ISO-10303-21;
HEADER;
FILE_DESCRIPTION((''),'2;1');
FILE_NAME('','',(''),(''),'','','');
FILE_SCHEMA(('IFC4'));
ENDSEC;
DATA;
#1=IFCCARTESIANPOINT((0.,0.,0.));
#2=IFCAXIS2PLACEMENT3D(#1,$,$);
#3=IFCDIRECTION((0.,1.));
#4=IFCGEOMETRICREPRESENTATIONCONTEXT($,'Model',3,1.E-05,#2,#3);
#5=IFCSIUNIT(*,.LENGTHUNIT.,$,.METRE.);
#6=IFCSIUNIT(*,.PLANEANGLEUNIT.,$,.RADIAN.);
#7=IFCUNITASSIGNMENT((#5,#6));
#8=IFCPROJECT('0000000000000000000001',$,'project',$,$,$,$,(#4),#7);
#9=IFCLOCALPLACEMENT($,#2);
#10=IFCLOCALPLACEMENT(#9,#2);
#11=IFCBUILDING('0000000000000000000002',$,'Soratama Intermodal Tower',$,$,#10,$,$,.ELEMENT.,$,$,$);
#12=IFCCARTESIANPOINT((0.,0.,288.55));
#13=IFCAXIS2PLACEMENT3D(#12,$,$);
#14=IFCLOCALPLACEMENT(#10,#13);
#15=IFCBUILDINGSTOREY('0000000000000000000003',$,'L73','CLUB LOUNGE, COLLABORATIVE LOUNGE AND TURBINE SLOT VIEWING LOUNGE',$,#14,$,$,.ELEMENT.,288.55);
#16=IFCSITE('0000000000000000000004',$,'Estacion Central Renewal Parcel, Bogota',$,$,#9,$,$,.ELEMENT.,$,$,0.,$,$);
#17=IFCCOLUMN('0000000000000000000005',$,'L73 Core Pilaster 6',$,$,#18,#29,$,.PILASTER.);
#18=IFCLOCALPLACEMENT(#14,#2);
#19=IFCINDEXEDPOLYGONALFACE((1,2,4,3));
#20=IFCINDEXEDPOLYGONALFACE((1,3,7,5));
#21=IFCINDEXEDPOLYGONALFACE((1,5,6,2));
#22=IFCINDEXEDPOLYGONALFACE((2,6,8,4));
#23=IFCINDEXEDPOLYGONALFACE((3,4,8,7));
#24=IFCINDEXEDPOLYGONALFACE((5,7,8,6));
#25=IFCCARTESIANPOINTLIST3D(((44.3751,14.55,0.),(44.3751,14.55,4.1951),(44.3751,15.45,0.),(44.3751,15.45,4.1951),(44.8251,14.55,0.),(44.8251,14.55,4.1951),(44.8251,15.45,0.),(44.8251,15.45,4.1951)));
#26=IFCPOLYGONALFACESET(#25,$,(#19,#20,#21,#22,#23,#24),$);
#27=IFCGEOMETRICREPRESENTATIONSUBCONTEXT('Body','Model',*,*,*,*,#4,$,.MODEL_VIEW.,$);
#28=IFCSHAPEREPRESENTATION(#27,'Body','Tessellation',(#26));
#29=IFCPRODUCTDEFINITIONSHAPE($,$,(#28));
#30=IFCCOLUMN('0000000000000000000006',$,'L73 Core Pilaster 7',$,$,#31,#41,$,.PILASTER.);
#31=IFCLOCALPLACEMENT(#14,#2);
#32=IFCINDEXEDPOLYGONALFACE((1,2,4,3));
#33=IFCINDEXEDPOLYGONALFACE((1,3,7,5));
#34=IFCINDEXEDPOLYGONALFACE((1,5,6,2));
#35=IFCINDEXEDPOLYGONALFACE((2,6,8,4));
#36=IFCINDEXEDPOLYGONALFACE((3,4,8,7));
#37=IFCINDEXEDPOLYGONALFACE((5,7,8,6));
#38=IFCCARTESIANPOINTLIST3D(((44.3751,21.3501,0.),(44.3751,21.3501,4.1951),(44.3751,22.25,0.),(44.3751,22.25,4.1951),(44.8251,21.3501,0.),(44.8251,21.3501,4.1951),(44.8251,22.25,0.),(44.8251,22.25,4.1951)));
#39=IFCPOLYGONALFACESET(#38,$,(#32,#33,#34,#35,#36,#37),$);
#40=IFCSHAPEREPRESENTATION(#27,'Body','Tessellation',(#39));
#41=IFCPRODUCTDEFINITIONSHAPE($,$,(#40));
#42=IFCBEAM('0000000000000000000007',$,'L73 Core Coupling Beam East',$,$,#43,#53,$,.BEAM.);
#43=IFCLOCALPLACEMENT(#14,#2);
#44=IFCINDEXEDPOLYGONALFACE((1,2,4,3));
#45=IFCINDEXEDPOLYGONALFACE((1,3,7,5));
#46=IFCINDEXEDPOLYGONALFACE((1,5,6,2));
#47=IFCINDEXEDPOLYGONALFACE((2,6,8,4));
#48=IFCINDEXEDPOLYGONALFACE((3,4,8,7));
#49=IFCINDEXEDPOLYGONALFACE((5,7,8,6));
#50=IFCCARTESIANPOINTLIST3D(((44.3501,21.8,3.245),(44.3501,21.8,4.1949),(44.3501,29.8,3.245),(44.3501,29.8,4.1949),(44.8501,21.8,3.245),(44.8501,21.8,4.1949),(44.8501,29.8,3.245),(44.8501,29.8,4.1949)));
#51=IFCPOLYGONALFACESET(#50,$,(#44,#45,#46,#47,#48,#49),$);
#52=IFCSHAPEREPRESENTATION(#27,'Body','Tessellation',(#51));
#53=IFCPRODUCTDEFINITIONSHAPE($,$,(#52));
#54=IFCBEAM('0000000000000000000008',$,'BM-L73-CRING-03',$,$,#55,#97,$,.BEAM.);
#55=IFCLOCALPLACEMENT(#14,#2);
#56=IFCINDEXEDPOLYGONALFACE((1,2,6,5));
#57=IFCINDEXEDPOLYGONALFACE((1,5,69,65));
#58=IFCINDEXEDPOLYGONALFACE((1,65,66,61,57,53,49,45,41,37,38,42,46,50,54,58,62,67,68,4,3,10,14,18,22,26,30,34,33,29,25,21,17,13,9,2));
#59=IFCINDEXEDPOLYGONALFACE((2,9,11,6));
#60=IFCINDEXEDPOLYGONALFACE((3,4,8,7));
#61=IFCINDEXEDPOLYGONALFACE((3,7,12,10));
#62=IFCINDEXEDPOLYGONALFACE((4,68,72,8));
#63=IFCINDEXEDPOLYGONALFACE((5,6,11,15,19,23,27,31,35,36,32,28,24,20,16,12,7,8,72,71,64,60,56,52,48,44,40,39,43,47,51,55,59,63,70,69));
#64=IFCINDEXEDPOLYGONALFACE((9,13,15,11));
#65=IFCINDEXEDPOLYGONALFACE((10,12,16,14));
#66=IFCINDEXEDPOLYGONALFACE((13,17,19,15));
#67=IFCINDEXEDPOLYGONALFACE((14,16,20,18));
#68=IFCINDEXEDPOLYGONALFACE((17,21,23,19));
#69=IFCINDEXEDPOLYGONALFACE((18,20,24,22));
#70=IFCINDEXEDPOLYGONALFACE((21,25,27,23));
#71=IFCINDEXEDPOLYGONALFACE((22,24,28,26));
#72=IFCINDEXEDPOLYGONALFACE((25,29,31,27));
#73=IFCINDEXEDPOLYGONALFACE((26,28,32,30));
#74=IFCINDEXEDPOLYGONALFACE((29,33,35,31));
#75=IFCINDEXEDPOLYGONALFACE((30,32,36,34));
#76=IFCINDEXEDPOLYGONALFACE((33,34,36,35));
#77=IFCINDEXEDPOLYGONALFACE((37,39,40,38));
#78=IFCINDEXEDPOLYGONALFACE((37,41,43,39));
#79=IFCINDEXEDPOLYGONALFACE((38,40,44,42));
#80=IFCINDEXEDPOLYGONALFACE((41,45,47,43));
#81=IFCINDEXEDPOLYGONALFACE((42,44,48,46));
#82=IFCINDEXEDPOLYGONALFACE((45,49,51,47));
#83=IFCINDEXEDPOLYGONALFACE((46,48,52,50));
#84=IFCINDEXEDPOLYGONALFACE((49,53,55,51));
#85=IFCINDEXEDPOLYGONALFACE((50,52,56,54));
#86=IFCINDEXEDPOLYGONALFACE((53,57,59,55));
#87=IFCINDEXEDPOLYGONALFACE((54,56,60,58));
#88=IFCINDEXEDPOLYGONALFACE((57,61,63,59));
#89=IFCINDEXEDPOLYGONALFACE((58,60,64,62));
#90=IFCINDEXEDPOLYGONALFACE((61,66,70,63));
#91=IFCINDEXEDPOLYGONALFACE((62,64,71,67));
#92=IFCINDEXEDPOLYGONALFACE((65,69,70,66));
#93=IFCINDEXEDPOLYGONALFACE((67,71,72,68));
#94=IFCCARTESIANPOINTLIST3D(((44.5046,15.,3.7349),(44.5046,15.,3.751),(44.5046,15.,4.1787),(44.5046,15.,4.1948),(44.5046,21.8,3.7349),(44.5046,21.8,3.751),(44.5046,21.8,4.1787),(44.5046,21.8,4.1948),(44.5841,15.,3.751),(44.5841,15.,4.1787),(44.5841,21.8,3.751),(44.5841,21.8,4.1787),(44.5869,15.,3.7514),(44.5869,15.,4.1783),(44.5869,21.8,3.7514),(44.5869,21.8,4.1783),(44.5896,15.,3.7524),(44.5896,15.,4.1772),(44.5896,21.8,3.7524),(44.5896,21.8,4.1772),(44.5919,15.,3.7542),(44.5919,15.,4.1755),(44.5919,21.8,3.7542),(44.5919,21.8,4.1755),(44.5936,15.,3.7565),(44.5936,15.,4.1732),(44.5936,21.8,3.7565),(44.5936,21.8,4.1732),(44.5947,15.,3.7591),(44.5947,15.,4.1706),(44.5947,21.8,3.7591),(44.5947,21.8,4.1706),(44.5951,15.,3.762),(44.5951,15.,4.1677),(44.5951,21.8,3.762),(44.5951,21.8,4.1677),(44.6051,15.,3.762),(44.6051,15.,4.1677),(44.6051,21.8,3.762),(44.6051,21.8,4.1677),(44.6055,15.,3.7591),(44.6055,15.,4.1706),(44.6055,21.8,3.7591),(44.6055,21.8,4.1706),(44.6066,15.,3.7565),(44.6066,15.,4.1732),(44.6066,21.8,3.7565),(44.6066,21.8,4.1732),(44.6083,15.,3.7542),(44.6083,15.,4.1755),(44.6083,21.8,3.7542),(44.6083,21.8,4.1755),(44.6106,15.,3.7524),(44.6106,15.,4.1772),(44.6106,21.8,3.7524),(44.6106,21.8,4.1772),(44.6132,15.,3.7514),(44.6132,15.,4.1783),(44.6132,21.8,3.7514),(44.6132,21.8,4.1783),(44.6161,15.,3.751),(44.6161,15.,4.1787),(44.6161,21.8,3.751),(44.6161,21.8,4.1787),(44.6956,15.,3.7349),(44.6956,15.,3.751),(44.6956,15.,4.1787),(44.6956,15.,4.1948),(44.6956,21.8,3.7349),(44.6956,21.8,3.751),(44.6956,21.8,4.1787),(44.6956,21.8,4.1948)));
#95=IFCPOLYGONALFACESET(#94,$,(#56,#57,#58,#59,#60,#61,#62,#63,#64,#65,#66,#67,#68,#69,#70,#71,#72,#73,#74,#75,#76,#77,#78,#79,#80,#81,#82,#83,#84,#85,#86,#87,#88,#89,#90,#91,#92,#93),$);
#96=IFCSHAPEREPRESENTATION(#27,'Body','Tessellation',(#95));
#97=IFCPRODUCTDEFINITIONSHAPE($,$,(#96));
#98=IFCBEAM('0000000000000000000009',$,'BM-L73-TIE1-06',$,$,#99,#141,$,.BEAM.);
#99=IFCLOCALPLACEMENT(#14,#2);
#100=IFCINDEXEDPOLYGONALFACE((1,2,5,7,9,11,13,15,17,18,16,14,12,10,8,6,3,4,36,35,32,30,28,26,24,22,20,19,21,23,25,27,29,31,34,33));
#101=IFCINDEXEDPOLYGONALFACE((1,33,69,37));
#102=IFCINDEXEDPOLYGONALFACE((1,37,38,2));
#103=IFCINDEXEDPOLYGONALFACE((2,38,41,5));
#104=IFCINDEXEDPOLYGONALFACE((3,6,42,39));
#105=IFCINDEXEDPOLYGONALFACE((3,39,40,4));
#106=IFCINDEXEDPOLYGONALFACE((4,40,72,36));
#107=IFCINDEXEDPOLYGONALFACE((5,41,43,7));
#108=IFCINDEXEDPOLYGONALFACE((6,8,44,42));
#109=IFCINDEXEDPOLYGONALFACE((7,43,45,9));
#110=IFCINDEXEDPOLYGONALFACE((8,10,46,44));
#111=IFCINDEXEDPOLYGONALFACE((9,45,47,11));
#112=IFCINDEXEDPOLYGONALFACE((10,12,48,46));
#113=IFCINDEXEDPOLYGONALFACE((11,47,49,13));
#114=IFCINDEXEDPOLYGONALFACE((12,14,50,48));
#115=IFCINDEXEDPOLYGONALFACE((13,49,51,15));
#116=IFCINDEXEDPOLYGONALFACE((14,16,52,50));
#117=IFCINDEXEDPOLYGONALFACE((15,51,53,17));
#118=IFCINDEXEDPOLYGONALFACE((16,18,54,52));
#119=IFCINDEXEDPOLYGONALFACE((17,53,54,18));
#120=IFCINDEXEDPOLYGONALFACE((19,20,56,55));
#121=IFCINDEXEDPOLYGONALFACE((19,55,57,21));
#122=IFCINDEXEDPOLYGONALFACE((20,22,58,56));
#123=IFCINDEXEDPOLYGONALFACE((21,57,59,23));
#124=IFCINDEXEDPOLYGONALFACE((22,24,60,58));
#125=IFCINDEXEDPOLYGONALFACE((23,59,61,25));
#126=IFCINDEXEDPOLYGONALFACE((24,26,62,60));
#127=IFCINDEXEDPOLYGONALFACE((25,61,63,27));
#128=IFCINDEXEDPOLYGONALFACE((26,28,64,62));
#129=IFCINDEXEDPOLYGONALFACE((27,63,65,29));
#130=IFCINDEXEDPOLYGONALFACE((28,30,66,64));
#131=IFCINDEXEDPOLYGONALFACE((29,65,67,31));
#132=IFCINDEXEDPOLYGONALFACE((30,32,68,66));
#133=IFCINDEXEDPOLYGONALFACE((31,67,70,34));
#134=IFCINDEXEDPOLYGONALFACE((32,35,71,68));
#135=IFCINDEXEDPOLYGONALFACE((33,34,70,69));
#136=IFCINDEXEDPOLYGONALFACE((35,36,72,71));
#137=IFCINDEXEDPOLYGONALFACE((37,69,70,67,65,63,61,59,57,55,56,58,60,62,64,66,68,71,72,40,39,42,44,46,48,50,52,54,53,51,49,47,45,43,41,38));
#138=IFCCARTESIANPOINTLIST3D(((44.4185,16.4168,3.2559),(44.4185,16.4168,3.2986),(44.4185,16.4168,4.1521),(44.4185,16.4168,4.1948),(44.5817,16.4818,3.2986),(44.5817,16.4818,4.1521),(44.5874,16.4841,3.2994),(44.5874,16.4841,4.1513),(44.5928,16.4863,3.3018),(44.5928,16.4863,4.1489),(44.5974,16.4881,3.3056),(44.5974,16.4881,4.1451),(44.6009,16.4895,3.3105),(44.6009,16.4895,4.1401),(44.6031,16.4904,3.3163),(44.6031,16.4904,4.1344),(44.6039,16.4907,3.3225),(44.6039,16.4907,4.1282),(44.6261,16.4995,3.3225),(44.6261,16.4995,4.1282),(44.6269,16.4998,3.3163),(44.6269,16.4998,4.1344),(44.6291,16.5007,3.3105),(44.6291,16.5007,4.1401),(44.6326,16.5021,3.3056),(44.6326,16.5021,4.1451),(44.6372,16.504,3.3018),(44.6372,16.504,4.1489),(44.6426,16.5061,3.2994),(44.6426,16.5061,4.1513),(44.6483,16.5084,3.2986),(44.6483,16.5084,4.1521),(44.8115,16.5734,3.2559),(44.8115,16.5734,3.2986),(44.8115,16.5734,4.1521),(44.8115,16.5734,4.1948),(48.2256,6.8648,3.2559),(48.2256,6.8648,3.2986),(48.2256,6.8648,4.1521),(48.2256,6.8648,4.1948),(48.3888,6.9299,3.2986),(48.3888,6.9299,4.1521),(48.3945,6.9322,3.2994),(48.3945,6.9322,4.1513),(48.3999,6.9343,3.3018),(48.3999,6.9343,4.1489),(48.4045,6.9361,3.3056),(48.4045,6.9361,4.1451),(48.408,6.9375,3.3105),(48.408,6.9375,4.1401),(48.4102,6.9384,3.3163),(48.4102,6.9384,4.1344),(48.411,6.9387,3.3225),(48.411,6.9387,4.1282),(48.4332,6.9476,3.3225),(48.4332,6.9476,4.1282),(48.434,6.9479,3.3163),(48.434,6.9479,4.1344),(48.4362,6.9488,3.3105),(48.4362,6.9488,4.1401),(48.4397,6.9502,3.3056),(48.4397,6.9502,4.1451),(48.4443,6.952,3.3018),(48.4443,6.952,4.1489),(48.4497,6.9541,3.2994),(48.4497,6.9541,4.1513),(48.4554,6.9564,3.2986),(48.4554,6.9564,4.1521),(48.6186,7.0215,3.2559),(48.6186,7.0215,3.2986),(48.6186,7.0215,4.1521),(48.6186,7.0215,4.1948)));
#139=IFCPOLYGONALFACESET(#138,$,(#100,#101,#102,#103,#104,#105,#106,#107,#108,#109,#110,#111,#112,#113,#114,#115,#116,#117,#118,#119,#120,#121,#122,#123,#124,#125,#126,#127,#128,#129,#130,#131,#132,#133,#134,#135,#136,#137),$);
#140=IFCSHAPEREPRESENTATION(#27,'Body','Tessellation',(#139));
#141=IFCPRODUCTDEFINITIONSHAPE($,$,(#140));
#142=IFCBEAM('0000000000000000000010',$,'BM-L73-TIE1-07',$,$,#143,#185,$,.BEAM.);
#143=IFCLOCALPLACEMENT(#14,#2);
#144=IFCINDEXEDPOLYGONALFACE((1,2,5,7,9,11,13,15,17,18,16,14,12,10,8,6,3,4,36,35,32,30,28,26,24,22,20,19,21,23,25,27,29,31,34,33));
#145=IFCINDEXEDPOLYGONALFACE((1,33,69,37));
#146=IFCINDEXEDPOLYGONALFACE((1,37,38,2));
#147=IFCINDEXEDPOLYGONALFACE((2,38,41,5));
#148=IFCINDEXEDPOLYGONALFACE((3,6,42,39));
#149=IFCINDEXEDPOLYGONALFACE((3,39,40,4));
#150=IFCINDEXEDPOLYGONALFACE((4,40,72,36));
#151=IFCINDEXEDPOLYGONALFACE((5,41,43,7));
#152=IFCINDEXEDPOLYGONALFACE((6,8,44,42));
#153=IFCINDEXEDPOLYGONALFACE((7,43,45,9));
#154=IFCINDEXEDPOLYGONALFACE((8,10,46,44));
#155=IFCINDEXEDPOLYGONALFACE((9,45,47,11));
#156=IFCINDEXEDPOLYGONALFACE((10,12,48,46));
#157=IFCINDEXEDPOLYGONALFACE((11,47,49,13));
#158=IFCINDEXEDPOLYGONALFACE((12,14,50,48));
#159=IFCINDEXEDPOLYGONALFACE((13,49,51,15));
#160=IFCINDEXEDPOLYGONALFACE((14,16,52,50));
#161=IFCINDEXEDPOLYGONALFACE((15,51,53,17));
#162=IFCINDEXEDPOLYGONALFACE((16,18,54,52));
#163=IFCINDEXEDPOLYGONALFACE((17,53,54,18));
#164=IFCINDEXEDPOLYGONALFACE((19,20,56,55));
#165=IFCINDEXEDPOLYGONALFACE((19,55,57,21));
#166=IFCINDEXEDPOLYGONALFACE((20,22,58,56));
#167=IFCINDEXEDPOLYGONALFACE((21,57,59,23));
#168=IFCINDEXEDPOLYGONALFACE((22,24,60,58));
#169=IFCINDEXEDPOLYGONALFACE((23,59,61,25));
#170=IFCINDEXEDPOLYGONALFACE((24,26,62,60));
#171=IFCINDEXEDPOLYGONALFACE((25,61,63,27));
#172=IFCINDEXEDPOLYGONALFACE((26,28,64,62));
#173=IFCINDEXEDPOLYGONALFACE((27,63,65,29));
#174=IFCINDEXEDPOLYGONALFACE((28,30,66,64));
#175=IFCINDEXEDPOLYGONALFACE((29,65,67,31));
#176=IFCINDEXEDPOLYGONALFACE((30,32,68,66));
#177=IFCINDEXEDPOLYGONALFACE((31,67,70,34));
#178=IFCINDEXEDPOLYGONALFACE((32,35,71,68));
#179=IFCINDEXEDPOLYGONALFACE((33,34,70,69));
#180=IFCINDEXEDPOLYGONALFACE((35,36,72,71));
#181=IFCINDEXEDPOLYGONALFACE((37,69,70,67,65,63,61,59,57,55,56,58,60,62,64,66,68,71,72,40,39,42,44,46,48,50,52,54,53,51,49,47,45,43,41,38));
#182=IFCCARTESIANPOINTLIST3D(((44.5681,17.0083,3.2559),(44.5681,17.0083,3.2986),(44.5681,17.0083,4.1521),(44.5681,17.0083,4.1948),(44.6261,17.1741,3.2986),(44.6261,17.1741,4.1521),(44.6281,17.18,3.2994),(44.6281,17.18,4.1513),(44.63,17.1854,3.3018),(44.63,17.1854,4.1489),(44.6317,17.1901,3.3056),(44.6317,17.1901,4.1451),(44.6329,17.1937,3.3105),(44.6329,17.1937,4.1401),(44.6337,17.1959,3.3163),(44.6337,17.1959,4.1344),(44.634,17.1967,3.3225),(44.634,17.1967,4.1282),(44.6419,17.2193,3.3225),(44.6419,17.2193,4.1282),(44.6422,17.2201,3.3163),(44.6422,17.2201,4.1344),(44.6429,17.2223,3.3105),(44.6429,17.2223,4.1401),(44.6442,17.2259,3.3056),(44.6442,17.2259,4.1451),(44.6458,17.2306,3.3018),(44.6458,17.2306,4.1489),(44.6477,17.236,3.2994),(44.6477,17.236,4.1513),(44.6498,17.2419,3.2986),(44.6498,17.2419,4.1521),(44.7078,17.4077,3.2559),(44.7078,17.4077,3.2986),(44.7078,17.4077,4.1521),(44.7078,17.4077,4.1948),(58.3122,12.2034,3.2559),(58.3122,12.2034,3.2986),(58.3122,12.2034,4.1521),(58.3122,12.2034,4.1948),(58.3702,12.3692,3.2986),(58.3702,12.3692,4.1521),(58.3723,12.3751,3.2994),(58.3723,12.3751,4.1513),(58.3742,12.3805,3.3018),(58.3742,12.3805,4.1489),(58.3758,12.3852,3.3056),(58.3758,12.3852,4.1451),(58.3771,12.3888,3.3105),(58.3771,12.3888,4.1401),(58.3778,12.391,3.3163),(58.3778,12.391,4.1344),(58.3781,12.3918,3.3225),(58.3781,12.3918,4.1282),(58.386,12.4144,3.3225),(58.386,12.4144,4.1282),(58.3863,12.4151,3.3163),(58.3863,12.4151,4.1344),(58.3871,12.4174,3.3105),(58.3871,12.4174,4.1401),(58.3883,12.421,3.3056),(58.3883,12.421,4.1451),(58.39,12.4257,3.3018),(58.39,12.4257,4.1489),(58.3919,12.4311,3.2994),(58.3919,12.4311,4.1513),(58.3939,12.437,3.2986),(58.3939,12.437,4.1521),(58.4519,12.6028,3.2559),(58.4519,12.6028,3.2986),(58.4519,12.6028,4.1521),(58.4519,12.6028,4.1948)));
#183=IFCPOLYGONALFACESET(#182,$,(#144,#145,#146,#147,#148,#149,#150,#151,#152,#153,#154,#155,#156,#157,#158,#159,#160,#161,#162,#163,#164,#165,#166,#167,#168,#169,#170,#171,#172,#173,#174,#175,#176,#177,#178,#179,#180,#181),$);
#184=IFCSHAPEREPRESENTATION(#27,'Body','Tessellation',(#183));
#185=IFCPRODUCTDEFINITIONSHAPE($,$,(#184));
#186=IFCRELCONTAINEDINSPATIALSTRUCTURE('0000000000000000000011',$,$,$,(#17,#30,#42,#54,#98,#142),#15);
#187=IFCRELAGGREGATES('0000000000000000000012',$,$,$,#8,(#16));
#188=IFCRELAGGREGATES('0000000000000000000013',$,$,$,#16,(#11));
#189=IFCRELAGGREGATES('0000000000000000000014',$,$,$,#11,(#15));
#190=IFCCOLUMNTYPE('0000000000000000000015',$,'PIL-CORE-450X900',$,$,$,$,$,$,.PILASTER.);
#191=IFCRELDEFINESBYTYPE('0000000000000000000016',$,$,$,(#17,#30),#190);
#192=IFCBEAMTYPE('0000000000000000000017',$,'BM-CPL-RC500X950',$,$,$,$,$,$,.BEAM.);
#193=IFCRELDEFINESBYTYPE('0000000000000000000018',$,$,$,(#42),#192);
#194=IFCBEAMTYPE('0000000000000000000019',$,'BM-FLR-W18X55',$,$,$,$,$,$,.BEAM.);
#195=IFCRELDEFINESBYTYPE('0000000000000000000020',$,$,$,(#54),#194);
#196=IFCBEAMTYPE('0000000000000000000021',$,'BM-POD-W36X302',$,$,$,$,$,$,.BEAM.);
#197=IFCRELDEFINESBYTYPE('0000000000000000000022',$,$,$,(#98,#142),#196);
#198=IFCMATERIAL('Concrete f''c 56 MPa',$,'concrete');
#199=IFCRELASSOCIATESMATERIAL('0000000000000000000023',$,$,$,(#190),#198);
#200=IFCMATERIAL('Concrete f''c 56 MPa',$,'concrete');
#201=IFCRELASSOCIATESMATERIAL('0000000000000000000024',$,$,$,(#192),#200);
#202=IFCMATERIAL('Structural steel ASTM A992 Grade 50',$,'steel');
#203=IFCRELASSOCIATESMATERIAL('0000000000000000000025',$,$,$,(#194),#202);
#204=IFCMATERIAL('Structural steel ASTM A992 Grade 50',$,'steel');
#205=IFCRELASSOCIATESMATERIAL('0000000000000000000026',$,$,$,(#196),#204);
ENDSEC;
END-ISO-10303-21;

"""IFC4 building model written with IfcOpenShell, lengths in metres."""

from ifc_helpers import new_model, si_unit, direction, frame, origin, origin_2d, place, context, subcontext, project, spatial, rectangle, i_section, extrude, material, material_profile, profile_set, type_object, element, save


model = new_model("IFC4")

# Units and contexts
model_context = context("Model", 3, precision=1e-05, world=origin(), true_north=direction((0.0, 1.0)))
body_context = subcontext(model_context, "Body", "Model", "MODEL_VIEW")
ifc_project = project(units=[si_unit("LENGTHUNIT", "METRE"), si_unit("PLANEANGLEUNIT", "RADIAN")], contexts=[model_context])

# Site, building, storey
site_placement = place(None, origin())
site = spatial("IfcSite", under=ifc_project, at=site_placement, Name="Estacion Central Renewal Parcel, Bogota", CompositionType="ELEMENT", RefElevation=0.0)
building_placement = place(site_placement, origin())
building = spatial("IfcBuilding", under=site, at=building_placement, Name="Soratama Intermodal Tower", CompositionType="ELEMENT")
storey_placement = place(building_placement, frame((0.0, 0.0, 288.55)))
storey = spatial("IfcBuildingStorey", under=building, at=storey_placement, Name="L73", Description="CLUB LOUNGE, COLLABORATIVE LOUNGE AND TURBINE SLOT VIEWING LOUNGE", CompositionType="ELEMENT", Elevation=288.55)

# Columns
ifc_material_1 = material(Name="Concrete f'c 56 MPa", Category="concrete")
ifc_material_profile_1 = material_profile(ifc_material_1, rectangle(XDim=0.45, YDim=0.8999, at=origin_2d()), Name="RC450X900")
ifc_profile_set_1 = profile_set([ifc_material_profile_1], Name="Concrete f'c 56 MPa")
column_type = type_object("IfcColumnType", Name="PIL-CORE-450X900", PredefinedType="PILASTER", material=ifc_profile_set_1)
for number, where, z_axis, x_axis, name in (
    (1, (44.6001, 15.0, 0.0), (0.0, 0.0, 1.0), (1.0, 0.0, 0.0), "L73 Core Pilaster 6"),
    (2, (44.6001, 21.8, 0.0), (0.0, 0.0, 1.0), (1.0, 0.0, 0.0), "L73 Core Pilaster 7"),
):
    element("IfcColumn", number, at=place(storey_placement, frame(where, z_axis=z_axis, x_axis=x_axis)), inside=storey, type_object=column_type, Name=name, PredefinedType="PILASTER", context=body_context, shape_type="SweptSolid", body=[
        extrude(rectangle(XDim=0.45, YDim=0.8999, at=origin_2d()), origin(), (0.0, 0.0, 1.0), 4.1951),
    ])

# Beams
ifc_material_2 = material(Name="Concrete f'c 56 MPa", Category="concrete")
ifc_material_profile_2 = material_profile(ifc_material_2, rectangle(XDim=0.5, YDim=0.95, at=origin_2d()), Name="RC500X950")
ifc_profile_set_2 = profile_set([ifc_material_profile_2], Name="Concrete f'c 56 MPa")
beam_type_1 = type_object("IfcBeamType", Name="BM-CPL-RC500X950", PredefinedType="BEAM", material=ifc_profile_set_2)
beam_1_placement = place(storey_placement, frame((44.6001, 21.8, 3.72), z_axis=(0.0, 1.0, 0.0), x_axis=(-1.0, 0.0, 0.0)))
element("IfcBeam", 3, at=beam_1_placement, inside=storey, type_object=beam_type_1, Name="L73 Core Coupling Beam East", PredefinedType="BEAM", context=body_context, shape_type="SweptSolid", body=[
    extrude(rectangle(XDim=0.5, YDim=0.95, at=origin_2d()), origin(), (0.0, 0.0, 1.0), 8.0),
])
ifc_material_3 = material(Name="Structural steel ASTM A992 Grade 50", Category="steel")
ifc_material_profile_3 = material_profile(ifc_material_3, i_section(OverallWidth=0.1909, OverallDepth=0.46, WebThickness=0.01, FlangeThickness=0.0161, FilletRadius=0.011, at=origin_2d()), Name="W18X55")
ifc_profile_set_3 = profile_set([ifc_material_profile_3], Name="Structural steel ASTM A992 Grade 50")
beam_type_2 = type_object("IfcBeamType", Name="BM-FLR-W18X55", PredefinedType="BEAM", material=ifc_profile_set_3)
beam_2_placement = place(storey_placement, frame((44.6001, 15.0, 3.9648), z_axis=(0.0, 1.0, 0.0), x_axis=(-1.0, 0.0, 0.0)))
element("IfcBeam", 4, at=beam_2_placement, inside=storey, type_object=beam_type_2, Name="BM-L73-CRING-03", PredefinedType="BEAM", context=body_context, shape_type="SweptSolid", body=[
    extrude(i_section(OverallWidth=0.1909, OverallDepth=0.46, WebThickness=0.01, FlangeThickness=0.0161, FilletRadius=0.011, at=origin_2d()), origin(), (0.0, 0.0, 1.0), 6.8),
])
ifc_material_4 = material(Name="Structural steel ASTM A992 Grade 50", Category="steel")
ifc_material_profile_4 = material_profile(ifc_material_4, i_section(OverallWidth=0.4231, OverallDepth=0.939, WebThickness=0.0239, FlangeThickness=0.0427, FilletRadius=0.0239, at=origin_2d()), Name="W36X302")
ifc_profile_set_4 = profile_set([ifc_material_profile_4], Name="Structural steel ASTM A992 Grade 50")
beam_type_3 = type_object("IfcBeamType", Name="BM-POD-W36X302", PredefinedType="BEAM", material=ifc_profile_set_4)
beam_3_placement = place(storey_placement, frame((44.615, 16.4951, 3.7253), z_axis=(0.370244, -0.928934, 0.0), x_axis=(0.928934, 0.370244, 0.0)))
element("IfcBeam", 5, at=beam_3_placement, inside=storey, type_object=beam_type_3, Name="BM-L73-TIE1-06", PredefinedType="BEAM", context=body_context, shape_type="SweptSolid", body=[
    extrude(i_section(OverallWidth=0.4231, OverallDepth=0.939, WebThickness=0.0239, FlangeThickness=0.0427, FilletRadius=0.0239, at=origin_2d()), origin(), (0.0, 0.0, 1.0), 10.2827),
])
beam_4_placement = place(storey_placement, frame((44.6379, 17.208, 3.7253), z_axis=(0.943976, -0.330013, 0.0), x_axis=(0.330013, 0.943976, 0.0)))
element("IfcBeam", 6, at=beam_4_placement, inside=storey, type_object=beam_type_3, Name="BM-L73-TIE1-07", PredefinedType="BEAM", context=body_context, shape_type="SweptSolid", body=[
    extrude(i_section(OverallWidth=0.4231, OverallDepth=0.939, WebThickness=0.0239, FlangeThickness=0.0427, FilletRadius=0.0239, at=origin_2d()), origin(), (0.0, 0.0, 1.0), 14.5598),
])

save(model, "model.ifc")
